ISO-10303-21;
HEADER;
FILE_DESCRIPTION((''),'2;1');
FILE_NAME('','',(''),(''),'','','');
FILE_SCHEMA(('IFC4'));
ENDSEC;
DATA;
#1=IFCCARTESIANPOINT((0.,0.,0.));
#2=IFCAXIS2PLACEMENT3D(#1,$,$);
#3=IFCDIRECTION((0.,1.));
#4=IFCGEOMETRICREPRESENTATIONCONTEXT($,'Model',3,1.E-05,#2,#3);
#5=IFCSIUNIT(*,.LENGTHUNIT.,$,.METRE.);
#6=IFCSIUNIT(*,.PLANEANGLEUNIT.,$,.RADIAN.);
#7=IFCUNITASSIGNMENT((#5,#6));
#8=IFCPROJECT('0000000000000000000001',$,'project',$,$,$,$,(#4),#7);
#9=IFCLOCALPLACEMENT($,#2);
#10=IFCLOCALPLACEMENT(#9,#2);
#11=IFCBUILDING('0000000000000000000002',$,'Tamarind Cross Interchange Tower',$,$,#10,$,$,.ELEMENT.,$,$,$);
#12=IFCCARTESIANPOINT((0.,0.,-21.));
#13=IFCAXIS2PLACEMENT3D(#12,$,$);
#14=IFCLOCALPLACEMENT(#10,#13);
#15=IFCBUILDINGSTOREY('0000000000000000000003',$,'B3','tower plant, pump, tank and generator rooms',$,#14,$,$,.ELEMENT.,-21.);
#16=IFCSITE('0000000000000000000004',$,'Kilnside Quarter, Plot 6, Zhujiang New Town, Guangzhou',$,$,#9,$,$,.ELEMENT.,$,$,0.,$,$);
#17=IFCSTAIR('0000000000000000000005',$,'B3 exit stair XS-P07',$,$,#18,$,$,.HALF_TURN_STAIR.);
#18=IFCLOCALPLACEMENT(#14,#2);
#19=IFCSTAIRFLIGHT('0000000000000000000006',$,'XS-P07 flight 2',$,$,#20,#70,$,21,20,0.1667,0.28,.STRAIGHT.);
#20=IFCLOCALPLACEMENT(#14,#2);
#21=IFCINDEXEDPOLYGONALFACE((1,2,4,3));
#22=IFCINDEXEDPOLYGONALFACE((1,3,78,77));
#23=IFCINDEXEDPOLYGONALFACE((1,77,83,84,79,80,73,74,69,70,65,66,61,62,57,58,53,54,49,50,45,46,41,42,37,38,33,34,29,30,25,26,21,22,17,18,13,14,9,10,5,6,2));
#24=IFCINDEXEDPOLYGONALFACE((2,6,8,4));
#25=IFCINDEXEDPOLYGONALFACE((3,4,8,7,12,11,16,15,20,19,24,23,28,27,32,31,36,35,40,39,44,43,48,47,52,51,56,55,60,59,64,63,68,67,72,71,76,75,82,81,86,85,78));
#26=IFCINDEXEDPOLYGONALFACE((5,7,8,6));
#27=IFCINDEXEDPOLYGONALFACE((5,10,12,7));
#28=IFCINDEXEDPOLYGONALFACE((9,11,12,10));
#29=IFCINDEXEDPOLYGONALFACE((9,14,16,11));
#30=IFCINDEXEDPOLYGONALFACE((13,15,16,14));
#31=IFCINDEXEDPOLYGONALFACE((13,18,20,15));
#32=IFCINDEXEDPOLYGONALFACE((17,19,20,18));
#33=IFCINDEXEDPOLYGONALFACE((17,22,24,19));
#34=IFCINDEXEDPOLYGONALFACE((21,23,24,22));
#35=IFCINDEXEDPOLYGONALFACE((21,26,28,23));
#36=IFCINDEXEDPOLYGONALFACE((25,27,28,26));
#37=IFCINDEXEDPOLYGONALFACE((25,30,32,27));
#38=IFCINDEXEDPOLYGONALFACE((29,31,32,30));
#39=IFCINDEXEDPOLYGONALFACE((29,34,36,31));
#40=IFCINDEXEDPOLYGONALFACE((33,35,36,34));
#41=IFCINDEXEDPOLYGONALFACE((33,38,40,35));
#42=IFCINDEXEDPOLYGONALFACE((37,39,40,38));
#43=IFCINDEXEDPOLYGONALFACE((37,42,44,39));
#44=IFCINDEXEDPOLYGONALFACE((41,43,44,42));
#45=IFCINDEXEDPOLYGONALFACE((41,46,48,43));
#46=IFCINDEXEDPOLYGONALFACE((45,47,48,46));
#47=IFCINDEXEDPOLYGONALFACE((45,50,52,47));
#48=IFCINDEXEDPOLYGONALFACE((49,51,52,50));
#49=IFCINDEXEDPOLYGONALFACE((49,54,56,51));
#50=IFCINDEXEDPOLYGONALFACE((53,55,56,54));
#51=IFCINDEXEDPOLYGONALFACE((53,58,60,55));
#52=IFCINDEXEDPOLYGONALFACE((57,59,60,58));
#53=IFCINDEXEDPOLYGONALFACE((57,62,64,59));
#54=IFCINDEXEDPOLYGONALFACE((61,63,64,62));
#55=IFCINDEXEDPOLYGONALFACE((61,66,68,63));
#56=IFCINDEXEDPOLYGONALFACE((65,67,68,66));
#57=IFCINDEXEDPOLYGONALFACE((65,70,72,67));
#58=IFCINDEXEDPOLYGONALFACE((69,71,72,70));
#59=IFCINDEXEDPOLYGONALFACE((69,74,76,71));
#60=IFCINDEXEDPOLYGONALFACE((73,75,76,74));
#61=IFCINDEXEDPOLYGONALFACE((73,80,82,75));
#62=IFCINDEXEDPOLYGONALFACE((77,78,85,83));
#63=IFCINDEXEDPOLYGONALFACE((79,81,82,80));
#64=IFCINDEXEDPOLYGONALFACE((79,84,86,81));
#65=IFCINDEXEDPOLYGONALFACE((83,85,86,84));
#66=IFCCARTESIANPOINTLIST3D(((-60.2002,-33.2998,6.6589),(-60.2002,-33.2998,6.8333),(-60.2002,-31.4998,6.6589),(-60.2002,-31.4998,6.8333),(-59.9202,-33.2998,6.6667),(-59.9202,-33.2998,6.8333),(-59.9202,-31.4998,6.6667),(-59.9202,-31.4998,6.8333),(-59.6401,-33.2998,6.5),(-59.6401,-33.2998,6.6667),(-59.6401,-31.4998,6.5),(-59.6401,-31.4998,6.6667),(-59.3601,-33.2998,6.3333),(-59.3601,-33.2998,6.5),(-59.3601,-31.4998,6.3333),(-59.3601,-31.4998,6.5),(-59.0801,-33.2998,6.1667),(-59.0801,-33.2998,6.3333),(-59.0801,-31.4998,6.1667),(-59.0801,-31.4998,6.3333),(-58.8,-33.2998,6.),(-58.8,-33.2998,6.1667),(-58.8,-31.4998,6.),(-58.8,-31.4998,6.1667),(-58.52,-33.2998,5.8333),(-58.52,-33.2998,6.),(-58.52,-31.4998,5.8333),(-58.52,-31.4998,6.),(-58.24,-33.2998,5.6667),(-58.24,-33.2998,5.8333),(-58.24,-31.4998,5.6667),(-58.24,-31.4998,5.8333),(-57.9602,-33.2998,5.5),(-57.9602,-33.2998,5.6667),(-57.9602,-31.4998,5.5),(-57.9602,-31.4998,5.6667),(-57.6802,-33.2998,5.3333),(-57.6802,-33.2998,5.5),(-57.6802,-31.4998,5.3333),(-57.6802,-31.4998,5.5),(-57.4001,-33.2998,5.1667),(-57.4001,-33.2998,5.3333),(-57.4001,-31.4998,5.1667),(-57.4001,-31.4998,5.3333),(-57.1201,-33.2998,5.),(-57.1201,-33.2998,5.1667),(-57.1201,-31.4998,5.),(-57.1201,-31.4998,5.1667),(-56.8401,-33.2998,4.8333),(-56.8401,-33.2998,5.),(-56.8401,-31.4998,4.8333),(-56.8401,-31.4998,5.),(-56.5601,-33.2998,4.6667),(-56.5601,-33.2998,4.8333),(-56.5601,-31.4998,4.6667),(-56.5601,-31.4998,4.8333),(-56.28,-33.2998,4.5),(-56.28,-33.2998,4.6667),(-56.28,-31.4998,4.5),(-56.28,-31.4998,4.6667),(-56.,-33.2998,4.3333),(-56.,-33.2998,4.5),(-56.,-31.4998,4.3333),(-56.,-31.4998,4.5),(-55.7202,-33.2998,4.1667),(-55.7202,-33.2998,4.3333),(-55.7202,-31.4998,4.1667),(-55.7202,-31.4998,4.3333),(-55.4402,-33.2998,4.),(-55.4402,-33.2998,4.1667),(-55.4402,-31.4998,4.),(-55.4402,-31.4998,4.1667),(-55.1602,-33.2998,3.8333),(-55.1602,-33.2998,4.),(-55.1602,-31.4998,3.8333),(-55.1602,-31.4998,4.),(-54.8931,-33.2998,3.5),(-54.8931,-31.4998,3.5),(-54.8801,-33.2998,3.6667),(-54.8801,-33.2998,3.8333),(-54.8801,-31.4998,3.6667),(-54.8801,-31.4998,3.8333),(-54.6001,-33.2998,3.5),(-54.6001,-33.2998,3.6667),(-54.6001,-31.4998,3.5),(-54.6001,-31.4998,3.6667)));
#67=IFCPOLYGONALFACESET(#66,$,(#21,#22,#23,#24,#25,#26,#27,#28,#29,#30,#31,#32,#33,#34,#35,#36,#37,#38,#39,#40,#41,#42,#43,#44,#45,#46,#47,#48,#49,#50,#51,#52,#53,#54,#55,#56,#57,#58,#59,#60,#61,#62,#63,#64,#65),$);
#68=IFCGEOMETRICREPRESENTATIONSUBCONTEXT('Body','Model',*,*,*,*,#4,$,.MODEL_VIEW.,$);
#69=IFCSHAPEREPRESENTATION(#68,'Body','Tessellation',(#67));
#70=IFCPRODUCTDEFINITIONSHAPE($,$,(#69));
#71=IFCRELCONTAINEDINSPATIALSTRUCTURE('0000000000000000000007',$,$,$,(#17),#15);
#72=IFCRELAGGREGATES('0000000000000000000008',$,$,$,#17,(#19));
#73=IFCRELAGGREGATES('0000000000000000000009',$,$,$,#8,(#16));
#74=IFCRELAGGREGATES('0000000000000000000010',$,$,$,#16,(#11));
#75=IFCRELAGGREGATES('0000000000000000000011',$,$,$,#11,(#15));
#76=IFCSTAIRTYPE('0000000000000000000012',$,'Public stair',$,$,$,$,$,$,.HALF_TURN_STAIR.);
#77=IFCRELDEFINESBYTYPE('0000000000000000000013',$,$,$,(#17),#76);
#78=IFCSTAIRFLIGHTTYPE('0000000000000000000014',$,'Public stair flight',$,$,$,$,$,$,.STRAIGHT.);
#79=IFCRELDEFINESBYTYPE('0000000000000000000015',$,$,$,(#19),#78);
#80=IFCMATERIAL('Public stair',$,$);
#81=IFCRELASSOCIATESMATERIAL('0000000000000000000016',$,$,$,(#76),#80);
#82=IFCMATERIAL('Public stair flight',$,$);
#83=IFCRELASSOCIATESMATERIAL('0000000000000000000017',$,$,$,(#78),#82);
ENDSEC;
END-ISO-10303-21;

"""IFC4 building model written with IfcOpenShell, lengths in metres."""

from ifc_helpers import new_model, si_unit, direction, frame, origin, place, context, subcontext, project, spatial, polyline, outline, extrude, material, type_object, element, aggregate, save


model = new_model("IFC4")

# Units and contexts
model_context = context("Model", 3, precision=1e-05, world=origin(), true_north=direction((0.0, 1.0)))
body_context = subcontext(model_context, "Body", "Model", "MODEL_VIEW")
ifc_project = project(units=[si_unit("LENGTHUNIT", "METRE"), si_unit("PLANEANGLEUNIT", "RADIAN")], contexts=[model_context])

# Site, building, storey
site_placement = place(None, origin())
site = spatial("IfcSite", under=ifc_project, at=site_placement, Name="Kilnside Quarter, Plot 6, Zhujiang New Town, Guangzhou", CompositionType="ELEMENT", RefElevation=0.0)
building_placement = place(site_placement, origin())
building = spatial("IfcBuilding", under=site, at=building_placement, Name="Tamarind Cross Interchange Tower", CompositionType="ELEMENT")
storey_placement = place(building_placement, frame((0.0, 0.0, -21.0)))
storey = spatial("IfcBuildingStorey", under=building, at=storey_placement, Name="B3", Description="tower plant, pump, tank and generator rooms", CompositionType="ELEMENT", Elevation=-21.0)

# Stair, stair flight
ifc_material_1 = material(Name="Public stair")
stair_type = type_object("IfcStairType", Name="Public stair", PredefinedType="HALF_TURN_STAIR", material=ifc_material_1)
stair_placement = place(storey_placement, origin())
stair = element("IfcStair", 1, at=stair_placement, inside=storey, type_object=stair_type, Name="B3 exit stair XS-P07", PredefinedType="HALF_TURN_STAIR")
ifc_material_2 = material(Name="Public stair flight")
stair_flight_type = type_object("IfcStairFlightType", Name="Public stair flight", PredefinedType="STRAIGHT", material=ifc_material_2)
stair_flight_1_placement = place(storey_placement, frame((-54.6001, -32.3999, 3.5), z_axis=(0.0, 0.0, 1.0), x_axis=(-1.0, 0.0, 0.0)))
stair_flight_1 = element("IfcStairFlight", 2, at=stair_flight_1_placement, type_object=stair_flight_type, Name="XS-P07 flight 2", NumberOfRisers=21, NumberOfTreads=20, PredefinedType="STRAIGHT", RiserHeight=0.1667, TreadLength=0.28, context=body_context, shape_type="SweptSolid", body=[
    extrude(outline(polyline([(0.0, 0.0), (0.0, 0.1667), (0.28, 0.1667), (0.28, 0.3333), (0.5601, 0.3333), (0.5601, 0.5), (0.8401, 0.5), (0.8401, 0.6667), (1.1201, 0.6667), (1.1201, 0.8333), (1.3999, 0.8333), (1.3999, 1.0), (1.6799, 1.0), (1.6799, 1.1667), (1.96, 1.1667), (1.96, 1.3333), (2.24, 1.3333), (2.24, 1.5), (2.52, 1.5), (2.52, 1.6667), (2.8, 1.6667), (2.8, 1.8333), (3.0801, 1.8333), (3.0801, 2.0), (3.3601, 2.0), (3.3601, 2.1667), (3.6399, 2.1667), (3.6399, 2.3333), (3.9199, 2.3333), (3.9199, 2.5), (4.2, 2.5), (4.2, 2.6667), (4.48, 2.6667), (4.48, 2.8333), (4.76, 2.8333), (4.76, 3.0), (5.04, 3.0), (5.04, 3.1667), (5.3201, 3.1667), (5.3201, 3.3333), (5.6001, 3.3333), (5.6001, 3.5), (5.6001, 3.1589), (0.293, 0.0), (0.0, 0.0)])), frame((0.0, 0.8999, 0.0), z_axis=(0.0, -1.0, 0.0), x_axis=(1.0, 0.0, 0.0)), (0.0, 0.0, 1.0), 1.8),
])
aggregate(stair, [stair_flight_1])

save(model, "model.ifc")
